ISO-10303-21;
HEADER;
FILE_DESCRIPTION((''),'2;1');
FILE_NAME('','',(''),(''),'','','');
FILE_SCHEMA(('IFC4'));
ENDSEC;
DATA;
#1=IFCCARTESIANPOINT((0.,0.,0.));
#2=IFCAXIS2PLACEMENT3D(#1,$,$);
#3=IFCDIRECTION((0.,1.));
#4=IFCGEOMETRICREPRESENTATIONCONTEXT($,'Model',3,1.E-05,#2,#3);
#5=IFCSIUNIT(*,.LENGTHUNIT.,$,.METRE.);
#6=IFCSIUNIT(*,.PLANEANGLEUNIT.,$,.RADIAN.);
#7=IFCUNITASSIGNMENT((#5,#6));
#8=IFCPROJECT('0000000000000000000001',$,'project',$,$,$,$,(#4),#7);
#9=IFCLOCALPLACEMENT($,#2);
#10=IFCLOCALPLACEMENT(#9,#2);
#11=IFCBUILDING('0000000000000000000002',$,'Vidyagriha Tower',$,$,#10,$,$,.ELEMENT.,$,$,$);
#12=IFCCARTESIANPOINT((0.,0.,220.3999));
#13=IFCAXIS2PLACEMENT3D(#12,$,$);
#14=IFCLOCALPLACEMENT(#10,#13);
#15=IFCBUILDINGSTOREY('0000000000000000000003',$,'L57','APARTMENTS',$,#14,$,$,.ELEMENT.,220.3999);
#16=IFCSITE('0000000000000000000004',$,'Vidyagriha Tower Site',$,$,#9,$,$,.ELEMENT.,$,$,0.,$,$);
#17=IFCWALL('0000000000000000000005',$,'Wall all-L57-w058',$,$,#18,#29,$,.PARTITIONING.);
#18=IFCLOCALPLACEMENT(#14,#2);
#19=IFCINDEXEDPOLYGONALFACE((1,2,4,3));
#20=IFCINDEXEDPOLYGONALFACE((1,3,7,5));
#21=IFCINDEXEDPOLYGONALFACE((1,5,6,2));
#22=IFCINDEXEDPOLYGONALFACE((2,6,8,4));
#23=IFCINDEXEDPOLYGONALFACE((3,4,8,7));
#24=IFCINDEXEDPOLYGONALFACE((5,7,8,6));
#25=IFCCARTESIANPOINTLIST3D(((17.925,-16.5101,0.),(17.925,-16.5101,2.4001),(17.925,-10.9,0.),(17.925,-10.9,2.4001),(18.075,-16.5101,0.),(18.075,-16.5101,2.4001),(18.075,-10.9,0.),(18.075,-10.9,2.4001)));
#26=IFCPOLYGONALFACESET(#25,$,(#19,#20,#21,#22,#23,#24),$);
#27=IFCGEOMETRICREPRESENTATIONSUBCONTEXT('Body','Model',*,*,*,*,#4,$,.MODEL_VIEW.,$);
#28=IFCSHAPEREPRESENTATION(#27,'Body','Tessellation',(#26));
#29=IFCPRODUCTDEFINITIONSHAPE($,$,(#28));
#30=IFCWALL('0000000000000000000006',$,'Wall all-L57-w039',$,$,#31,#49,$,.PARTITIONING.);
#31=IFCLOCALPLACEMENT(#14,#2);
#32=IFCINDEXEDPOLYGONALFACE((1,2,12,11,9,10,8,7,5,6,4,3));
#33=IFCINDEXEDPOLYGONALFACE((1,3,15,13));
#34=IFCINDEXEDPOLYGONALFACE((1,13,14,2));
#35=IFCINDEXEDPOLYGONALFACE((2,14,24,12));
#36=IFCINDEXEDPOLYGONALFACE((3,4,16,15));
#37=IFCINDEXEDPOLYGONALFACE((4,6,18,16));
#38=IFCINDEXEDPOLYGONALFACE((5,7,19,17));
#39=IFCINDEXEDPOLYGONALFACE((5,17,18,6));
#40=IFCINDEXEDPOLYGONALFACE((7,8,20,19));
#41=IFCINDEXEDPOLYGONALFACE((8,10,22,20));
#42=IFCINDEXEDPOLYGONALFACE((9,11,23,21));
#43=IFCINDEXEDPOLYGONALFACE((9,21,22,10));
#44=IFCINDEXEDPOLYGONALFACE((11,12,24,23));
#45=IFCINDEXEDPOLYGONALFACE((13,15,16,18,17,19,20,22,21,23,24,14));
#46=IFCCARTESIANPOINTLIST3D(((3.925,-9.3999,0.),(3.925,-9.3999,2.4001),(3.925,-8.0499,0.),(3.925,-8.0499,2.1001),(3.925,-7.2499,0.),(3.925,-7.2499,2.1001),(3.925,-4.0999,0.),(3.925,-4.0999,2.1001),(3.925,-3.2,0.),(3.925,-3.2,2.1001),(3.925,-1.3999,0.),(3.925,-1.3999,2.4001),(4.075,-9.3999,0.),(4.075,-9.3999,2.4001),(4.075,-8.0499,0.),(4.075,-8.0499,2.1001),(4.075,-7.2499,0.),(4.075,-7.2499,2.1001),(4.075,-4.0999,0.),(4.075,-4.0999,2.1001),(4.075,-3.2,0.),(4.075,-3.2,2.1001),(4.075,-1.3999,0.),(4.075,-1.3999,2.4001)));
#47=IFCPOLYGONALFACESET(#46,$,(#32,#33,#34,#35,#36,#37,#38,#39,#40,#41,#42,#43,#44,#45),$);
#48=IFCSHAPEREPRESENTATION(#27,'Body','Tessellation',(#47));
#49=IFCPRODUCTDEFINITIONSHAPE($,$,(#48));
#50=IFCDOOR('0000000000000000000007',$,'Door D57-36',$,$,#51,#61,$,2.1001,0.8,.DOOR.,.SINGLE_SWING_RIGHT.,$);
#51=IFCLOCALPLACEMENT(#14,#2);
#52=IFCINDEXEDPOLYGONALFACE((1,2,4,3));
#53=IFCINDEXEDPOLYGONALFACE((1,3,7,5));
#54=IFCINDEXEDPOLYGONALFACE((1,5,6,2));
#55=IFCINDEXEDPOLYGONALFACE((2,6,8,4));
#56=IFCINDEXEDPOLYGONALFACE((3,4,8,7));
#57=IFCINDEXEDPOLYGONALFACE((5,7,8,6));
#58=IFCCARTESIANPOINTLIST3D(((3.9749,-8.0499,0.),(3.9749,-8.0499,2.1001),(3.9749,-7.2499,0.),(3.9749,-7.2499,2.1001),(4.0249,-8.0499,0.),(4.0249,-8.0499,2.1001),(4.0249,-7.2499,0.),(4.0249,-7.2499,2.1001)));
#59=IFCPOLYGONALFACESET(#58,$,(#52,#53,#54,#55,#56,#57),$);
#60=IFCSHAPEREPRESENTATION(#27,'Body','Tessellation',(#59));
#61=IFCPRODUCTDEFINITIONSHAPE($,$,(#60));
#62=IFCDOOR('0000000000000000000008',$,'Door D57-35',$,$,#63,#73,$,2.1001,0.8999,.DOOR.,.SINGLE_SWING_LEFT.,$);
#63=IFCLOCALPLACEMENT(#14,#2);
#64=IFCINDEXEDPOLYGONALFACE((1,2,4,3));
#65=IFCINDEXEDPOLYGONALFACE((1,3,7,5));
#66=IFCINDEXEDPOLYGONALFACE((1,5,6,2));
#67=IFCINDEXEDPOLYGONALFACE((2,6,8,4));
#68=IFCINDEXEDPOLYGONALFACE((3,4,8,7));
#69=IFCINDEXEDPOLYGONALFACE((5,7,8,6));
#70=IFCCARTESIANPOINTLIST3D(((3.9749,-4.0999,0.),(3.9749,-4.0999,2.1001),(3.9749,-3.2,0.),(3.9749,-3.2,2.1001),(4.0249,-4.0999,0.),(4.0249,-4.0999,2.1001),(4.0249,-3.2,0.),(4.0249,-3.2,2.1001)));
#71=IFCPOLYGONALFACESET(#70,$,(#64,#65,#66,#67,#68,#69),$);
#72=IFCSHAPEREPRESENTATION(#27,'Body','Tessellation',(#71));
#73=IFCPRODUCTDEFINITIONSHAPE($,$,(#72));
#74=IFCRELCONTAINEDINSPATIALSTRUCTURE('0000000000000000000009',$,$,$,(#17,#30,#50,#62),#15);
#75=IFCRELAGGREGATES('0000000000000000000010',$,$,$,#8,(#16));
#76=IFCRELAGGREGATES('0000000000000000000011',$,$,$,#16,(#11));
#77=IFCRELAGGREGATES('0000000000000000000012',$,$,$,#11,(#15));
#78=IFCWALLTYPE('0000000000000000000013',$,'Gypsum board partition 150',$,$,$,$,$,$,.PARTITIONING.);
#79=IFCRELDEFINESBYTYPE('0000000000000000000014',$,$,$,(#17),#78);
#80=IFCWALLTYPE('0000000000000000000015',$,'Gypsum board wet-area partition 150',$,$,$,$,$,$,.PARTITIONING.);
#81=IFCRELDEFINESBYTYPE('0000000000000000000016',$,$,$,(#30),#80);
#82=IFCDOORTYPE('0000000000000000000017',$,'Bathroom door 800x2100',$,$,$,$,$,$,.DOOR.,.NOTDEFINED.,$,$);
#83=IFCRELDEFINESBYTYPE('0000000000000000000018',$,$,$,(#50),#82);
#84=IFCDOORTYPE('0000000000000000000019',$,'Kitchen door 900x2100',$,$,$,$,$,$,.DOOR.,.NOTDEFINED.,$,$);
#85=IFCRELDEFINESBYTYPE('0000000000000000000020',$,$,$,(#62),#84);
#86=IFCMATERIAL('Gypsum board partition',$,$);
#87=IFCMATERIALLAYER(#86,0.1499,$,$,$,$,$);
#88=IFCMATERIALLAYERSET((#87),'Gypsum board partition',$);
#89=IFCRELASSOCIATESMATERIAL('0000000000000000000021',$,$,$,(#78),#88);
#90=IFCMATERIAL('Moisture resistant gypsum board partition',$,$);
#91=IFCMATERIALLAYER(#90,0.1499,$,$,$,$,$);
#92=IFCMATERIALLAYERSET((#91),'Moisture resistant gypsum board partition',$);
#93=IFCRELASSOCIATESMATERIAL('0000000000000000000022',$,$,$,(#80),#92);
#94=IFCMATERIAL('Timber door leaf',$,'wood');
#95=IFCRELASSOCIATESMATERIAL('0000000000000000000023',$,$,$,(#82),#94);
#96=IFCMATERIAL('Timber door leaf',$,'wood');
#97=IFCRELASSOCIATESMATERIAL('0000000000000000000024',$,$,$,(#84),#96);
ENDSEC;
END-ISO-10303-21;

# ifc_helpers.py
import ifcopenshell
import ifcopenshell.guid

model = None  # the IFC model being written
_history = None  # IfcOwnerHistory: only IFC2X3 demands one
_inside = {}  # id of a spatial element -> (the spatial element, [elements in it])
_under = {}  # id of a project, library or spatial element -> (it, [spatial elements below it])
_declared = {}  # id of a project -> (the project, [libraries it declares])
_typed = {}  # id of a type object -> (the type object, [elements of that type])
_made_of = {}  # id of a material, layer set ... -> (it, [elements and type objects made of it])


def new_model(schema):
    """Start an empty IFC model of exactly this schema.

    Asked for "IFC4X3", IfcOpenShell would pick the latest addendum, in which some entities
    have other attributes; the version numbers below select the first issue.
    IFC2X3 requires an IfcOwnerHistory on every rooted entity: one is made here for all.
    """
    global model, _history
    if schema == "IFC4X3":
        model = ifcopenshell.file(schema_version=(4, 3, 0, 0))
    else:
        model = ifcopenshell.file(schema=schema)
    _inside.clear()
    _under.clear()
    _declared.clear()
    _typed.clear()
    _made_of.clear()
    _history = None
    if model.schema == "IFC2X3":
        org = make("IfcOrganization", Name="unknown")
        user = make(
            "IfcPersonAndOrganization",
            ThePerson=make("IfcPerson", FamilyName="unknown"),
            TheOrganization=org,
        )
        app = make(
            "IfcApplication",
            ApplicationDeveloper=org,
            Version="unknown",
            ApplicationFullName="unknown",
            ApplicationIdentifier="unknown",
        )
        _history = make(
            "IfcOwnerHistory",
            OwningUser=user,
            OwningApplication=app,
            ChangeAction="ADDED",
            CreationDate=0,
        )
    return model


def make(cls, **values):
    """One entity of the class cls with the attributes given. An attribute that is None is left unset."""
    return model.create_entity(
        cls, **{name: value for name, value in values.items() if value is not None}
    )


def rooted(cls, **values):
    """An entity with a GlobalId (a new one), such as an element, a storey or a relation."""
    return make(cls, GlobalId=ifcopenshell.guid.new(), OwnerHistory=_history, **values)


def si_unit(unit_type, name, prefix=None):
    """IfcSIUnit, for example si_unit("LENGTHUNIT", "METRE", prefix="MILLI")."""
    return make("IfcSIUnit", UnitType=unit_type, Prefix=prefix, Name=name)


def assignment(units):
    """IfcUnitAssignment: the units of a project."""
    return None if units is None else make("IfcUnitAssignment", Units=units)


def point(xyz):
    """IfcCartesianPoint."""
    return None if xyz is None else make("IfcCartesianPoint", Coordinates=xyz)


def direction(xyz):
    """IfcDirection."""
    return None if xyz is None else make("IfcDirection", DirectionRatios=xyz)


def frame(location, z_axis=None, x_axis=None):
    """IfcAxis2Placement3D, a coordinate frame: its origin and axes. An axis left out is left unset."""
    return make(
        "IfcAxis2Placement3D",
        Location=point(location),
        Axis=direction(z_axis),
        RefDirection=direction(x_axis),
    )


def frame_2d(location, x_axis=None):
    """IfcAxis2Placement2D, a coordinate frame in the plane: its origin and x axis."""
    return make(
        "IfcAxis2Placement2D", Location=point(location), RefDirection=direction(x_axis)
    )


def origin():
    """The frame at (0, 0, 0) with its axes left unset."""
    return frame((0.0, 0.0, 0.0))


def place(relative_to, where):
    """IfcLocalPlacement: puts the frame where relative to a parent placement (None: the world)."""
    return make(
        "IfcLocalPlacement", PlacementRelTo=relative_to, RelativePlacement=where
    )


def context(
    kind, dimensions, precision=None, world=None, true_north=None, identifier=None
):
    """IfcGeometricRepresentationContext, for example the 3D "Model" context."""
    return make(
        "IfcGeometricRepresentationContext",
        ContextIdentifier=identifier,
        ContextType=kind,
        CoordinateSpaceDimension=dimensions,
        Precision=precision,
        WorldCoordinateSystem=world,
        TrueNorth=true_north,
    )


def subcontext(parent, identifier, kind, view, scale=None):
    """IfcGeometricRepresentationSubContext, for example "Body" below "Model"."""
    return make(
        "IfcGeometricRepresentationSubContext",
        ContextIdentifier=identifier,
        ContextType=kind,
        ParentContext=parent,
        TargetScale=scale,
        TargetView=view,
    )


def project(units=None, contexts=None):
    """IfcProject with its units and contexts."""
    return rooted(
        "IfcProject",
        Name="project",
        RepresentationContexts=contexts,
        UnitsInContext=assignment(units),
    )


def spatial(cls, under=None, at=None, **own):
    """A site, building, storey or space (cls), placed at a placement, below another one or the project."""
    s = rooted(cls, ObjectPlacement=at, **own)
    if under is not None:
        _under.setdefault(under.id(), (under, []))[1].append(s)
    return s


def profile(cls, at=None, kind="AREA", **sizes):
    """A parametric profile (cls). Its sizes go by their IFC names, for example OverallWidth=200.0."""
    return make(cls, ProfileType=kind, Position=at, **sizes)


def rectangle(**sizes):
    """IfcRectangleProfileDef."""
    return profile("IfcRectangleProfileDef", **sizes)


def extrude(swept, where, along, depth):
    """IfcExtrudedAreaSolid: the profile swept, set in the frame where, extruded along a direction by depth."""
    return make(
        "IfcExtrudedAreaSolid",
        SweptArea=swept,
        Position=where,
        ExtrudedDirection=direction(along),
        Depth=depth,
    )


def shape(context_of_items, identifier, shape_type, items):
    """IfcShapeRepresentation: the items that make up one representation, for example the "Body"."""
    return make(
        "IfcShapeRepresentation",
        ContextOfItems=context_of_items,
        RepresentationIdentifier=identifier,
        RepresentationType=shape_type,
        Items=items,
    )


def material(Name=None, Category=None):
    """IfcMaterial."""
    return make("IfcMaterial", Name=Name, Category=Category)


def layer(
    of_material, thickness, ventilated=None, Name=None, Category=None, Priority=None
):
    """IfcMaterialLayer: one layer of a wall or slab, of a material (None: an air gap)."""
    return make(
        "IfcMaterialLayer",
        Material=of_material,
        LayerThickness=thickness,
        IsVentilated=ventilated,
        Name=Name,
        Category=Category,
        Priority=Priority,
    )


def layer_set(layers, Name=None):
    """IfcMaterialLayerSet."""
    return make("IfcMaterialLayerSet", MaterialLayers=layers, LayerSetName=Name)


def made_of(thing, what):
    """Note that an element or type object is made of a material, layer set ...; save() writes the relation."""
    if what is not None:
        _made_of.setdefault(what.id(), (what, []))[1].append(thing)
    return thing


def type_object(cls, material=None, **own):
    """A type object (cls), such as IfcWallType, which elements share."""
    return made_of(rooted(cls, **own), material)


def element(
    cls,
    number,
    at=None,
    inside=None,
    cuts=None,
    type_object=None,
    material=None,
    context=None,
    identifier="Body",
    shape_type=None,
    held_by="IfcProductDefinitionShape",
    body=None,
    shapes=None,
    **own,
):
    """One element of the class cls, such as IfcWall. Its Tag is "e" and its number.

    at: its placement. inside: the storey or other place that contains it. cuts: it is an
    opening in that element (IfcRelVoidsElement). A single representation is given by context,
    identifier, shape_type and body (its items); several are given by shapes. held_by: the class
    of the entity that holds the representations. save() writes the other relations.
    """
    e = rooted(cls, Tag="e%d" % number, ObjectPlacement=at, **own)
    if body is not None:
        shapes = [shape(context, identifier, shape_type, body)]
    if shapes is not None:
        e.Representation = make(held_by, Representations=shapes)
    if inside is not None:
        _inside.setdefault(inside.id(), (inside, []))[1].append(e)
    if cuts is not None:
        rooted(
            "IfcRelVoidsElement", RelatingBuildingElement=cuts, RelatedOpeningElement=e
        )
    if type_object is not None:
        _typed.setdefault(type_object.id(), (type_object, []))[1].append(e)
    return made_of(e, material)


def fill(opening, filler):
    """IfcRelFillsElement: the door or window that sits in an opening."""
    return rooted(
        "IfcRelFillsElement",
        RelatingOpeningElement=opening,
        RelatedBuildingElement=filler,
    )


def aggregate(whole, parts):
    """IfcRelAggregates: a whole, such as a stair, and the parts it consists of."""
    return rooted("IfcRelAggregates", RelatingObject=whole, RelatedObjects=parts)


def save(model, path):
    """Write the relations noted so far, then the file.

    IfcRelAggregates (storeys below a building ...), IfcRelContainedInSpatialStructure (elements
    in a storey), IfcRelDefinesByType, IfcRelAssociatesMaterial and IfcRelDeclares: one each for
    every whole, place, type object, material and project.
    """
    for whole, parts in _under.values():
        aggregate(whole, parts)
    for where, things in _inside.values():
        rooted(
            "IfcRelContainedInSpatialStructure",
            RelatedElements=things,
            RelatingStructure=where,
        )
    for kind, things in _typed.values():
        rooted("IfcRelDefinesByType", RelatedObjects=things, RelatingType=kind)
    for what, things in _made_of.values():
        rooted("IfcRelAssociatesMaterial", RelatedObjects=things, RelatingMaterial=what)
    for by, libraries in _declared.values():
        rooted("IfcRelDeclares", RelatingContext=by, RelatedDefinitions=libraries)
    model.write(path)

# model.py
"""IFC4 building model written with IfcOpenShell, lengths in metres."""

from ifc_helpers import new_model, si_unit, direction, frame, frame_2d, origin, place, context, subcontext, project, spatial, rectangle, extrude, material, layer, layer_set, type_object, element, fill, save


model = new_model("IFC4")

# Units and contexts
model_context = context("Model", 3, precision=1e-05, world=origin(), true_north=direction((0.0, 1.0)))
body_context = subcontext(model_context, "Body", "Model", "MODEL_VIEW")
ifc_project = project(units=[si_unit("LENGTHUNIT", "METRE"), si_unit("PLANEANGLEUNIT", "RADIAN")], contexts=[model_context])

# Site, building, storey
site_placement = place(None, origin())
site = spatial("IfcSite", under=ifc_project, at=site_placement, Name="Vidyagriha Tower Site", CompositionType="ELEMENT", RefElevation=0.0)
building_placement = place(site_placement, origin())
building = spatial("IfcBuilding", under=site, at=building_placement, Name="Vidyagriha Tower", CompositionType="ELEMENT")
storey_placement = place(building_placement, frame((0.0, 0.0, 220.3999)))
storey = spatial("IfcBuildingStorey", under=building, at=storey_placement, Name="L57", Description="APARTMENTS", CompositionType="ELEMENT", Elevation=220.3999)

# Wall
ifc_material_1 = material(Name="Gypsum board partition")
ifc_layer_1 = layer(ifc_material_1, 0.1499)
ifc_layer_set_1 = layer_set([ifc_layer_1], Name="Gypsum board partition")
wall_type_1 = type_object("IfcWallType", Name="Gypsum board partition 150", PredefinedType="PARTITIONING", material=ifc_layer_set_1)
wall_1_placement = place(storey_placement, frame((18.0, -10.8999, 0.0), z_axis=(0.0, 0.0, 1.0), x_axis=(0.0, -1.0, 0.0)))
element("IfcWall", 1, at=wall_1_placement, inside=storey, type_object=wall_type_1, Name="Wall all-L57-w058", PredefinedType="PARTITIONING", context=body_context, shape_type="SweptSolid", body=[
    extrude(rectangle(XDim=5.6101, YDim=0.1499, at=frame_2d((2.8052, 0.0))), origin(), (0.0, 0.0, 1.0), 2.4001),
])

# Wall, openings, doors
ifc_material_2 = material(Name="Moisture resistant gypsum board partition")
ifc_layer_2 = layer(ifc_material_2, 0.1499)
ifc_layer_set_2 = layer_set([ifc_layer_2], Name="Moisture resistant gypsum board partition")
wall_type_2 = type_object("IfcWallType", Name="Gypsum board wet-area partition 150", PredefinedType="PARTITIONING", material=ifc_layer_set_2)
wall_2_placement = place(storey_placement, frame((4.0, -1.3999, 0.0), z_axis=(0.0, 0.0, 1.0), x_axis=(0.0, -1.0, 0.0)))
wall_2 = element("IfcWall", 2, at=wall_2_placement, inside=storey, type_object=wall_type_2, Name="Wall all-L57-w039", PredefinedType="PARTITIONING", context=body_context, shape_type="SweptSolid", body=[
    extrude(rectangle(XDim=8.0, YDim=0.1499, at=frame_2d((4.0, 0.0))), origin(), (0.0, 0.0, 1.0), 2.4001),
])
opening_1_placement = place(wall_2_placement, frame((1.8, 0.0, 0.0)))
opening_1 = element("IfcOpeningElement", 3, at=opening_1_placement, cuts=wall_2, PredefinedType="OPENING", context=body_context, shape_type="SweptSolid", body=[
    extrude(rectangle(XDim=0.8999, YDim=2.1001, at=frame_2d((0.45, 1.05))), frame((0.0, 0.085, 0.0), z_axis=(0.0, -1.0, 0.0), x_axis=(1.0, 0.0, 0.0)), (0.0, 0.0, 1.0), 0.1699),
])
opening_2_placement = place(wall_2_placement, frame((5.8501, 0.0, 0.0)))
opening_2 = element("IfcOpeningElement", 4, at=opening_2_placement, cuts=wall_2, PredefinedType="OPENING", context=body_context, shape_type="SweptSolid", body=[
    extrude(rectangle(XDim=0.8, YDim=2.1001, at=frame_2d((0.3999, 1.05))), frame((0.0, 0.085, 0.0), z_axis=(0.0, -1.0, 0.0), x_axis=(1.0, 0.0, 0.0)), (0.0, 0.0, 1.0), 0.1699),
])
ifc_material_3 = material(Name="Timber door leaf", Category="wood")
door_type_1 = type_object("IfcDoorType", Name="Bathroom door 800x2100", OperationType="NOTDEFINED", PredefinedType="DOOR", material=ifc_material_3)
door_1_placement = place(opening_2_placement, origin())
door_1 = element("IfcDoor", 5, at=door_1_placement, inside=storey, type_object=door_type_1, Name="Door D57-36", OperationType="SINGLE_SWING_RIGHT", OverallHeight=2.1001, OverallWidth=0.8, PredefinedType="DOOR", context=body_context, shape_type="SweptSolid", body=[
    extrude(rectangle(XDim=0.8, YDim=2.1001, at=frame_2d((0.3999, 1.05))), frame((0.0, 0.0249, 0.0), z_axis=(0.0, -1.0, 0.0), x_axis=(1.0, 0.0, 0.0)), (0.0, 0.0, 1.0), 0.05),
])
fill(opening_2, door_1)
ifc_material_4 = material(Name="Timber door leaf", Category="wood")
door_type_2 = type_object("IfcDoorType", Name="Kitchen door 900x2100", OperationType="NOTDEFINED", PredefinedType="DOOR", material=ifc_material_4)
door_2_placement = place(opening_1_placement, origin())
door_2 = element("IfcDoor", 6, at=door_2_placement, inside=storey, type_object=door_type_2, Name="Door D57-35", OperationType="SINGLE_SWING_LEFT", OverallHeight=2.1001, OverallWidth=0.8999, PredefinedType="DOOR", context=body_context, shape_type="SweptSolid", body=[
    extrude(rectangle(XDim=0.8999, YDim=2.1001, at=frame_2d((0.45, 1.05))), frame((0.0, 0.0249, 0.0), z_axis=(0.0, -1.0, 0.0), x_axis=(1.0, 0.0, 0.0)), (0.0, 0.0, 1.0), 0.05),
])
fill(opening_1, door_2)

save(model, "model.ifc")
